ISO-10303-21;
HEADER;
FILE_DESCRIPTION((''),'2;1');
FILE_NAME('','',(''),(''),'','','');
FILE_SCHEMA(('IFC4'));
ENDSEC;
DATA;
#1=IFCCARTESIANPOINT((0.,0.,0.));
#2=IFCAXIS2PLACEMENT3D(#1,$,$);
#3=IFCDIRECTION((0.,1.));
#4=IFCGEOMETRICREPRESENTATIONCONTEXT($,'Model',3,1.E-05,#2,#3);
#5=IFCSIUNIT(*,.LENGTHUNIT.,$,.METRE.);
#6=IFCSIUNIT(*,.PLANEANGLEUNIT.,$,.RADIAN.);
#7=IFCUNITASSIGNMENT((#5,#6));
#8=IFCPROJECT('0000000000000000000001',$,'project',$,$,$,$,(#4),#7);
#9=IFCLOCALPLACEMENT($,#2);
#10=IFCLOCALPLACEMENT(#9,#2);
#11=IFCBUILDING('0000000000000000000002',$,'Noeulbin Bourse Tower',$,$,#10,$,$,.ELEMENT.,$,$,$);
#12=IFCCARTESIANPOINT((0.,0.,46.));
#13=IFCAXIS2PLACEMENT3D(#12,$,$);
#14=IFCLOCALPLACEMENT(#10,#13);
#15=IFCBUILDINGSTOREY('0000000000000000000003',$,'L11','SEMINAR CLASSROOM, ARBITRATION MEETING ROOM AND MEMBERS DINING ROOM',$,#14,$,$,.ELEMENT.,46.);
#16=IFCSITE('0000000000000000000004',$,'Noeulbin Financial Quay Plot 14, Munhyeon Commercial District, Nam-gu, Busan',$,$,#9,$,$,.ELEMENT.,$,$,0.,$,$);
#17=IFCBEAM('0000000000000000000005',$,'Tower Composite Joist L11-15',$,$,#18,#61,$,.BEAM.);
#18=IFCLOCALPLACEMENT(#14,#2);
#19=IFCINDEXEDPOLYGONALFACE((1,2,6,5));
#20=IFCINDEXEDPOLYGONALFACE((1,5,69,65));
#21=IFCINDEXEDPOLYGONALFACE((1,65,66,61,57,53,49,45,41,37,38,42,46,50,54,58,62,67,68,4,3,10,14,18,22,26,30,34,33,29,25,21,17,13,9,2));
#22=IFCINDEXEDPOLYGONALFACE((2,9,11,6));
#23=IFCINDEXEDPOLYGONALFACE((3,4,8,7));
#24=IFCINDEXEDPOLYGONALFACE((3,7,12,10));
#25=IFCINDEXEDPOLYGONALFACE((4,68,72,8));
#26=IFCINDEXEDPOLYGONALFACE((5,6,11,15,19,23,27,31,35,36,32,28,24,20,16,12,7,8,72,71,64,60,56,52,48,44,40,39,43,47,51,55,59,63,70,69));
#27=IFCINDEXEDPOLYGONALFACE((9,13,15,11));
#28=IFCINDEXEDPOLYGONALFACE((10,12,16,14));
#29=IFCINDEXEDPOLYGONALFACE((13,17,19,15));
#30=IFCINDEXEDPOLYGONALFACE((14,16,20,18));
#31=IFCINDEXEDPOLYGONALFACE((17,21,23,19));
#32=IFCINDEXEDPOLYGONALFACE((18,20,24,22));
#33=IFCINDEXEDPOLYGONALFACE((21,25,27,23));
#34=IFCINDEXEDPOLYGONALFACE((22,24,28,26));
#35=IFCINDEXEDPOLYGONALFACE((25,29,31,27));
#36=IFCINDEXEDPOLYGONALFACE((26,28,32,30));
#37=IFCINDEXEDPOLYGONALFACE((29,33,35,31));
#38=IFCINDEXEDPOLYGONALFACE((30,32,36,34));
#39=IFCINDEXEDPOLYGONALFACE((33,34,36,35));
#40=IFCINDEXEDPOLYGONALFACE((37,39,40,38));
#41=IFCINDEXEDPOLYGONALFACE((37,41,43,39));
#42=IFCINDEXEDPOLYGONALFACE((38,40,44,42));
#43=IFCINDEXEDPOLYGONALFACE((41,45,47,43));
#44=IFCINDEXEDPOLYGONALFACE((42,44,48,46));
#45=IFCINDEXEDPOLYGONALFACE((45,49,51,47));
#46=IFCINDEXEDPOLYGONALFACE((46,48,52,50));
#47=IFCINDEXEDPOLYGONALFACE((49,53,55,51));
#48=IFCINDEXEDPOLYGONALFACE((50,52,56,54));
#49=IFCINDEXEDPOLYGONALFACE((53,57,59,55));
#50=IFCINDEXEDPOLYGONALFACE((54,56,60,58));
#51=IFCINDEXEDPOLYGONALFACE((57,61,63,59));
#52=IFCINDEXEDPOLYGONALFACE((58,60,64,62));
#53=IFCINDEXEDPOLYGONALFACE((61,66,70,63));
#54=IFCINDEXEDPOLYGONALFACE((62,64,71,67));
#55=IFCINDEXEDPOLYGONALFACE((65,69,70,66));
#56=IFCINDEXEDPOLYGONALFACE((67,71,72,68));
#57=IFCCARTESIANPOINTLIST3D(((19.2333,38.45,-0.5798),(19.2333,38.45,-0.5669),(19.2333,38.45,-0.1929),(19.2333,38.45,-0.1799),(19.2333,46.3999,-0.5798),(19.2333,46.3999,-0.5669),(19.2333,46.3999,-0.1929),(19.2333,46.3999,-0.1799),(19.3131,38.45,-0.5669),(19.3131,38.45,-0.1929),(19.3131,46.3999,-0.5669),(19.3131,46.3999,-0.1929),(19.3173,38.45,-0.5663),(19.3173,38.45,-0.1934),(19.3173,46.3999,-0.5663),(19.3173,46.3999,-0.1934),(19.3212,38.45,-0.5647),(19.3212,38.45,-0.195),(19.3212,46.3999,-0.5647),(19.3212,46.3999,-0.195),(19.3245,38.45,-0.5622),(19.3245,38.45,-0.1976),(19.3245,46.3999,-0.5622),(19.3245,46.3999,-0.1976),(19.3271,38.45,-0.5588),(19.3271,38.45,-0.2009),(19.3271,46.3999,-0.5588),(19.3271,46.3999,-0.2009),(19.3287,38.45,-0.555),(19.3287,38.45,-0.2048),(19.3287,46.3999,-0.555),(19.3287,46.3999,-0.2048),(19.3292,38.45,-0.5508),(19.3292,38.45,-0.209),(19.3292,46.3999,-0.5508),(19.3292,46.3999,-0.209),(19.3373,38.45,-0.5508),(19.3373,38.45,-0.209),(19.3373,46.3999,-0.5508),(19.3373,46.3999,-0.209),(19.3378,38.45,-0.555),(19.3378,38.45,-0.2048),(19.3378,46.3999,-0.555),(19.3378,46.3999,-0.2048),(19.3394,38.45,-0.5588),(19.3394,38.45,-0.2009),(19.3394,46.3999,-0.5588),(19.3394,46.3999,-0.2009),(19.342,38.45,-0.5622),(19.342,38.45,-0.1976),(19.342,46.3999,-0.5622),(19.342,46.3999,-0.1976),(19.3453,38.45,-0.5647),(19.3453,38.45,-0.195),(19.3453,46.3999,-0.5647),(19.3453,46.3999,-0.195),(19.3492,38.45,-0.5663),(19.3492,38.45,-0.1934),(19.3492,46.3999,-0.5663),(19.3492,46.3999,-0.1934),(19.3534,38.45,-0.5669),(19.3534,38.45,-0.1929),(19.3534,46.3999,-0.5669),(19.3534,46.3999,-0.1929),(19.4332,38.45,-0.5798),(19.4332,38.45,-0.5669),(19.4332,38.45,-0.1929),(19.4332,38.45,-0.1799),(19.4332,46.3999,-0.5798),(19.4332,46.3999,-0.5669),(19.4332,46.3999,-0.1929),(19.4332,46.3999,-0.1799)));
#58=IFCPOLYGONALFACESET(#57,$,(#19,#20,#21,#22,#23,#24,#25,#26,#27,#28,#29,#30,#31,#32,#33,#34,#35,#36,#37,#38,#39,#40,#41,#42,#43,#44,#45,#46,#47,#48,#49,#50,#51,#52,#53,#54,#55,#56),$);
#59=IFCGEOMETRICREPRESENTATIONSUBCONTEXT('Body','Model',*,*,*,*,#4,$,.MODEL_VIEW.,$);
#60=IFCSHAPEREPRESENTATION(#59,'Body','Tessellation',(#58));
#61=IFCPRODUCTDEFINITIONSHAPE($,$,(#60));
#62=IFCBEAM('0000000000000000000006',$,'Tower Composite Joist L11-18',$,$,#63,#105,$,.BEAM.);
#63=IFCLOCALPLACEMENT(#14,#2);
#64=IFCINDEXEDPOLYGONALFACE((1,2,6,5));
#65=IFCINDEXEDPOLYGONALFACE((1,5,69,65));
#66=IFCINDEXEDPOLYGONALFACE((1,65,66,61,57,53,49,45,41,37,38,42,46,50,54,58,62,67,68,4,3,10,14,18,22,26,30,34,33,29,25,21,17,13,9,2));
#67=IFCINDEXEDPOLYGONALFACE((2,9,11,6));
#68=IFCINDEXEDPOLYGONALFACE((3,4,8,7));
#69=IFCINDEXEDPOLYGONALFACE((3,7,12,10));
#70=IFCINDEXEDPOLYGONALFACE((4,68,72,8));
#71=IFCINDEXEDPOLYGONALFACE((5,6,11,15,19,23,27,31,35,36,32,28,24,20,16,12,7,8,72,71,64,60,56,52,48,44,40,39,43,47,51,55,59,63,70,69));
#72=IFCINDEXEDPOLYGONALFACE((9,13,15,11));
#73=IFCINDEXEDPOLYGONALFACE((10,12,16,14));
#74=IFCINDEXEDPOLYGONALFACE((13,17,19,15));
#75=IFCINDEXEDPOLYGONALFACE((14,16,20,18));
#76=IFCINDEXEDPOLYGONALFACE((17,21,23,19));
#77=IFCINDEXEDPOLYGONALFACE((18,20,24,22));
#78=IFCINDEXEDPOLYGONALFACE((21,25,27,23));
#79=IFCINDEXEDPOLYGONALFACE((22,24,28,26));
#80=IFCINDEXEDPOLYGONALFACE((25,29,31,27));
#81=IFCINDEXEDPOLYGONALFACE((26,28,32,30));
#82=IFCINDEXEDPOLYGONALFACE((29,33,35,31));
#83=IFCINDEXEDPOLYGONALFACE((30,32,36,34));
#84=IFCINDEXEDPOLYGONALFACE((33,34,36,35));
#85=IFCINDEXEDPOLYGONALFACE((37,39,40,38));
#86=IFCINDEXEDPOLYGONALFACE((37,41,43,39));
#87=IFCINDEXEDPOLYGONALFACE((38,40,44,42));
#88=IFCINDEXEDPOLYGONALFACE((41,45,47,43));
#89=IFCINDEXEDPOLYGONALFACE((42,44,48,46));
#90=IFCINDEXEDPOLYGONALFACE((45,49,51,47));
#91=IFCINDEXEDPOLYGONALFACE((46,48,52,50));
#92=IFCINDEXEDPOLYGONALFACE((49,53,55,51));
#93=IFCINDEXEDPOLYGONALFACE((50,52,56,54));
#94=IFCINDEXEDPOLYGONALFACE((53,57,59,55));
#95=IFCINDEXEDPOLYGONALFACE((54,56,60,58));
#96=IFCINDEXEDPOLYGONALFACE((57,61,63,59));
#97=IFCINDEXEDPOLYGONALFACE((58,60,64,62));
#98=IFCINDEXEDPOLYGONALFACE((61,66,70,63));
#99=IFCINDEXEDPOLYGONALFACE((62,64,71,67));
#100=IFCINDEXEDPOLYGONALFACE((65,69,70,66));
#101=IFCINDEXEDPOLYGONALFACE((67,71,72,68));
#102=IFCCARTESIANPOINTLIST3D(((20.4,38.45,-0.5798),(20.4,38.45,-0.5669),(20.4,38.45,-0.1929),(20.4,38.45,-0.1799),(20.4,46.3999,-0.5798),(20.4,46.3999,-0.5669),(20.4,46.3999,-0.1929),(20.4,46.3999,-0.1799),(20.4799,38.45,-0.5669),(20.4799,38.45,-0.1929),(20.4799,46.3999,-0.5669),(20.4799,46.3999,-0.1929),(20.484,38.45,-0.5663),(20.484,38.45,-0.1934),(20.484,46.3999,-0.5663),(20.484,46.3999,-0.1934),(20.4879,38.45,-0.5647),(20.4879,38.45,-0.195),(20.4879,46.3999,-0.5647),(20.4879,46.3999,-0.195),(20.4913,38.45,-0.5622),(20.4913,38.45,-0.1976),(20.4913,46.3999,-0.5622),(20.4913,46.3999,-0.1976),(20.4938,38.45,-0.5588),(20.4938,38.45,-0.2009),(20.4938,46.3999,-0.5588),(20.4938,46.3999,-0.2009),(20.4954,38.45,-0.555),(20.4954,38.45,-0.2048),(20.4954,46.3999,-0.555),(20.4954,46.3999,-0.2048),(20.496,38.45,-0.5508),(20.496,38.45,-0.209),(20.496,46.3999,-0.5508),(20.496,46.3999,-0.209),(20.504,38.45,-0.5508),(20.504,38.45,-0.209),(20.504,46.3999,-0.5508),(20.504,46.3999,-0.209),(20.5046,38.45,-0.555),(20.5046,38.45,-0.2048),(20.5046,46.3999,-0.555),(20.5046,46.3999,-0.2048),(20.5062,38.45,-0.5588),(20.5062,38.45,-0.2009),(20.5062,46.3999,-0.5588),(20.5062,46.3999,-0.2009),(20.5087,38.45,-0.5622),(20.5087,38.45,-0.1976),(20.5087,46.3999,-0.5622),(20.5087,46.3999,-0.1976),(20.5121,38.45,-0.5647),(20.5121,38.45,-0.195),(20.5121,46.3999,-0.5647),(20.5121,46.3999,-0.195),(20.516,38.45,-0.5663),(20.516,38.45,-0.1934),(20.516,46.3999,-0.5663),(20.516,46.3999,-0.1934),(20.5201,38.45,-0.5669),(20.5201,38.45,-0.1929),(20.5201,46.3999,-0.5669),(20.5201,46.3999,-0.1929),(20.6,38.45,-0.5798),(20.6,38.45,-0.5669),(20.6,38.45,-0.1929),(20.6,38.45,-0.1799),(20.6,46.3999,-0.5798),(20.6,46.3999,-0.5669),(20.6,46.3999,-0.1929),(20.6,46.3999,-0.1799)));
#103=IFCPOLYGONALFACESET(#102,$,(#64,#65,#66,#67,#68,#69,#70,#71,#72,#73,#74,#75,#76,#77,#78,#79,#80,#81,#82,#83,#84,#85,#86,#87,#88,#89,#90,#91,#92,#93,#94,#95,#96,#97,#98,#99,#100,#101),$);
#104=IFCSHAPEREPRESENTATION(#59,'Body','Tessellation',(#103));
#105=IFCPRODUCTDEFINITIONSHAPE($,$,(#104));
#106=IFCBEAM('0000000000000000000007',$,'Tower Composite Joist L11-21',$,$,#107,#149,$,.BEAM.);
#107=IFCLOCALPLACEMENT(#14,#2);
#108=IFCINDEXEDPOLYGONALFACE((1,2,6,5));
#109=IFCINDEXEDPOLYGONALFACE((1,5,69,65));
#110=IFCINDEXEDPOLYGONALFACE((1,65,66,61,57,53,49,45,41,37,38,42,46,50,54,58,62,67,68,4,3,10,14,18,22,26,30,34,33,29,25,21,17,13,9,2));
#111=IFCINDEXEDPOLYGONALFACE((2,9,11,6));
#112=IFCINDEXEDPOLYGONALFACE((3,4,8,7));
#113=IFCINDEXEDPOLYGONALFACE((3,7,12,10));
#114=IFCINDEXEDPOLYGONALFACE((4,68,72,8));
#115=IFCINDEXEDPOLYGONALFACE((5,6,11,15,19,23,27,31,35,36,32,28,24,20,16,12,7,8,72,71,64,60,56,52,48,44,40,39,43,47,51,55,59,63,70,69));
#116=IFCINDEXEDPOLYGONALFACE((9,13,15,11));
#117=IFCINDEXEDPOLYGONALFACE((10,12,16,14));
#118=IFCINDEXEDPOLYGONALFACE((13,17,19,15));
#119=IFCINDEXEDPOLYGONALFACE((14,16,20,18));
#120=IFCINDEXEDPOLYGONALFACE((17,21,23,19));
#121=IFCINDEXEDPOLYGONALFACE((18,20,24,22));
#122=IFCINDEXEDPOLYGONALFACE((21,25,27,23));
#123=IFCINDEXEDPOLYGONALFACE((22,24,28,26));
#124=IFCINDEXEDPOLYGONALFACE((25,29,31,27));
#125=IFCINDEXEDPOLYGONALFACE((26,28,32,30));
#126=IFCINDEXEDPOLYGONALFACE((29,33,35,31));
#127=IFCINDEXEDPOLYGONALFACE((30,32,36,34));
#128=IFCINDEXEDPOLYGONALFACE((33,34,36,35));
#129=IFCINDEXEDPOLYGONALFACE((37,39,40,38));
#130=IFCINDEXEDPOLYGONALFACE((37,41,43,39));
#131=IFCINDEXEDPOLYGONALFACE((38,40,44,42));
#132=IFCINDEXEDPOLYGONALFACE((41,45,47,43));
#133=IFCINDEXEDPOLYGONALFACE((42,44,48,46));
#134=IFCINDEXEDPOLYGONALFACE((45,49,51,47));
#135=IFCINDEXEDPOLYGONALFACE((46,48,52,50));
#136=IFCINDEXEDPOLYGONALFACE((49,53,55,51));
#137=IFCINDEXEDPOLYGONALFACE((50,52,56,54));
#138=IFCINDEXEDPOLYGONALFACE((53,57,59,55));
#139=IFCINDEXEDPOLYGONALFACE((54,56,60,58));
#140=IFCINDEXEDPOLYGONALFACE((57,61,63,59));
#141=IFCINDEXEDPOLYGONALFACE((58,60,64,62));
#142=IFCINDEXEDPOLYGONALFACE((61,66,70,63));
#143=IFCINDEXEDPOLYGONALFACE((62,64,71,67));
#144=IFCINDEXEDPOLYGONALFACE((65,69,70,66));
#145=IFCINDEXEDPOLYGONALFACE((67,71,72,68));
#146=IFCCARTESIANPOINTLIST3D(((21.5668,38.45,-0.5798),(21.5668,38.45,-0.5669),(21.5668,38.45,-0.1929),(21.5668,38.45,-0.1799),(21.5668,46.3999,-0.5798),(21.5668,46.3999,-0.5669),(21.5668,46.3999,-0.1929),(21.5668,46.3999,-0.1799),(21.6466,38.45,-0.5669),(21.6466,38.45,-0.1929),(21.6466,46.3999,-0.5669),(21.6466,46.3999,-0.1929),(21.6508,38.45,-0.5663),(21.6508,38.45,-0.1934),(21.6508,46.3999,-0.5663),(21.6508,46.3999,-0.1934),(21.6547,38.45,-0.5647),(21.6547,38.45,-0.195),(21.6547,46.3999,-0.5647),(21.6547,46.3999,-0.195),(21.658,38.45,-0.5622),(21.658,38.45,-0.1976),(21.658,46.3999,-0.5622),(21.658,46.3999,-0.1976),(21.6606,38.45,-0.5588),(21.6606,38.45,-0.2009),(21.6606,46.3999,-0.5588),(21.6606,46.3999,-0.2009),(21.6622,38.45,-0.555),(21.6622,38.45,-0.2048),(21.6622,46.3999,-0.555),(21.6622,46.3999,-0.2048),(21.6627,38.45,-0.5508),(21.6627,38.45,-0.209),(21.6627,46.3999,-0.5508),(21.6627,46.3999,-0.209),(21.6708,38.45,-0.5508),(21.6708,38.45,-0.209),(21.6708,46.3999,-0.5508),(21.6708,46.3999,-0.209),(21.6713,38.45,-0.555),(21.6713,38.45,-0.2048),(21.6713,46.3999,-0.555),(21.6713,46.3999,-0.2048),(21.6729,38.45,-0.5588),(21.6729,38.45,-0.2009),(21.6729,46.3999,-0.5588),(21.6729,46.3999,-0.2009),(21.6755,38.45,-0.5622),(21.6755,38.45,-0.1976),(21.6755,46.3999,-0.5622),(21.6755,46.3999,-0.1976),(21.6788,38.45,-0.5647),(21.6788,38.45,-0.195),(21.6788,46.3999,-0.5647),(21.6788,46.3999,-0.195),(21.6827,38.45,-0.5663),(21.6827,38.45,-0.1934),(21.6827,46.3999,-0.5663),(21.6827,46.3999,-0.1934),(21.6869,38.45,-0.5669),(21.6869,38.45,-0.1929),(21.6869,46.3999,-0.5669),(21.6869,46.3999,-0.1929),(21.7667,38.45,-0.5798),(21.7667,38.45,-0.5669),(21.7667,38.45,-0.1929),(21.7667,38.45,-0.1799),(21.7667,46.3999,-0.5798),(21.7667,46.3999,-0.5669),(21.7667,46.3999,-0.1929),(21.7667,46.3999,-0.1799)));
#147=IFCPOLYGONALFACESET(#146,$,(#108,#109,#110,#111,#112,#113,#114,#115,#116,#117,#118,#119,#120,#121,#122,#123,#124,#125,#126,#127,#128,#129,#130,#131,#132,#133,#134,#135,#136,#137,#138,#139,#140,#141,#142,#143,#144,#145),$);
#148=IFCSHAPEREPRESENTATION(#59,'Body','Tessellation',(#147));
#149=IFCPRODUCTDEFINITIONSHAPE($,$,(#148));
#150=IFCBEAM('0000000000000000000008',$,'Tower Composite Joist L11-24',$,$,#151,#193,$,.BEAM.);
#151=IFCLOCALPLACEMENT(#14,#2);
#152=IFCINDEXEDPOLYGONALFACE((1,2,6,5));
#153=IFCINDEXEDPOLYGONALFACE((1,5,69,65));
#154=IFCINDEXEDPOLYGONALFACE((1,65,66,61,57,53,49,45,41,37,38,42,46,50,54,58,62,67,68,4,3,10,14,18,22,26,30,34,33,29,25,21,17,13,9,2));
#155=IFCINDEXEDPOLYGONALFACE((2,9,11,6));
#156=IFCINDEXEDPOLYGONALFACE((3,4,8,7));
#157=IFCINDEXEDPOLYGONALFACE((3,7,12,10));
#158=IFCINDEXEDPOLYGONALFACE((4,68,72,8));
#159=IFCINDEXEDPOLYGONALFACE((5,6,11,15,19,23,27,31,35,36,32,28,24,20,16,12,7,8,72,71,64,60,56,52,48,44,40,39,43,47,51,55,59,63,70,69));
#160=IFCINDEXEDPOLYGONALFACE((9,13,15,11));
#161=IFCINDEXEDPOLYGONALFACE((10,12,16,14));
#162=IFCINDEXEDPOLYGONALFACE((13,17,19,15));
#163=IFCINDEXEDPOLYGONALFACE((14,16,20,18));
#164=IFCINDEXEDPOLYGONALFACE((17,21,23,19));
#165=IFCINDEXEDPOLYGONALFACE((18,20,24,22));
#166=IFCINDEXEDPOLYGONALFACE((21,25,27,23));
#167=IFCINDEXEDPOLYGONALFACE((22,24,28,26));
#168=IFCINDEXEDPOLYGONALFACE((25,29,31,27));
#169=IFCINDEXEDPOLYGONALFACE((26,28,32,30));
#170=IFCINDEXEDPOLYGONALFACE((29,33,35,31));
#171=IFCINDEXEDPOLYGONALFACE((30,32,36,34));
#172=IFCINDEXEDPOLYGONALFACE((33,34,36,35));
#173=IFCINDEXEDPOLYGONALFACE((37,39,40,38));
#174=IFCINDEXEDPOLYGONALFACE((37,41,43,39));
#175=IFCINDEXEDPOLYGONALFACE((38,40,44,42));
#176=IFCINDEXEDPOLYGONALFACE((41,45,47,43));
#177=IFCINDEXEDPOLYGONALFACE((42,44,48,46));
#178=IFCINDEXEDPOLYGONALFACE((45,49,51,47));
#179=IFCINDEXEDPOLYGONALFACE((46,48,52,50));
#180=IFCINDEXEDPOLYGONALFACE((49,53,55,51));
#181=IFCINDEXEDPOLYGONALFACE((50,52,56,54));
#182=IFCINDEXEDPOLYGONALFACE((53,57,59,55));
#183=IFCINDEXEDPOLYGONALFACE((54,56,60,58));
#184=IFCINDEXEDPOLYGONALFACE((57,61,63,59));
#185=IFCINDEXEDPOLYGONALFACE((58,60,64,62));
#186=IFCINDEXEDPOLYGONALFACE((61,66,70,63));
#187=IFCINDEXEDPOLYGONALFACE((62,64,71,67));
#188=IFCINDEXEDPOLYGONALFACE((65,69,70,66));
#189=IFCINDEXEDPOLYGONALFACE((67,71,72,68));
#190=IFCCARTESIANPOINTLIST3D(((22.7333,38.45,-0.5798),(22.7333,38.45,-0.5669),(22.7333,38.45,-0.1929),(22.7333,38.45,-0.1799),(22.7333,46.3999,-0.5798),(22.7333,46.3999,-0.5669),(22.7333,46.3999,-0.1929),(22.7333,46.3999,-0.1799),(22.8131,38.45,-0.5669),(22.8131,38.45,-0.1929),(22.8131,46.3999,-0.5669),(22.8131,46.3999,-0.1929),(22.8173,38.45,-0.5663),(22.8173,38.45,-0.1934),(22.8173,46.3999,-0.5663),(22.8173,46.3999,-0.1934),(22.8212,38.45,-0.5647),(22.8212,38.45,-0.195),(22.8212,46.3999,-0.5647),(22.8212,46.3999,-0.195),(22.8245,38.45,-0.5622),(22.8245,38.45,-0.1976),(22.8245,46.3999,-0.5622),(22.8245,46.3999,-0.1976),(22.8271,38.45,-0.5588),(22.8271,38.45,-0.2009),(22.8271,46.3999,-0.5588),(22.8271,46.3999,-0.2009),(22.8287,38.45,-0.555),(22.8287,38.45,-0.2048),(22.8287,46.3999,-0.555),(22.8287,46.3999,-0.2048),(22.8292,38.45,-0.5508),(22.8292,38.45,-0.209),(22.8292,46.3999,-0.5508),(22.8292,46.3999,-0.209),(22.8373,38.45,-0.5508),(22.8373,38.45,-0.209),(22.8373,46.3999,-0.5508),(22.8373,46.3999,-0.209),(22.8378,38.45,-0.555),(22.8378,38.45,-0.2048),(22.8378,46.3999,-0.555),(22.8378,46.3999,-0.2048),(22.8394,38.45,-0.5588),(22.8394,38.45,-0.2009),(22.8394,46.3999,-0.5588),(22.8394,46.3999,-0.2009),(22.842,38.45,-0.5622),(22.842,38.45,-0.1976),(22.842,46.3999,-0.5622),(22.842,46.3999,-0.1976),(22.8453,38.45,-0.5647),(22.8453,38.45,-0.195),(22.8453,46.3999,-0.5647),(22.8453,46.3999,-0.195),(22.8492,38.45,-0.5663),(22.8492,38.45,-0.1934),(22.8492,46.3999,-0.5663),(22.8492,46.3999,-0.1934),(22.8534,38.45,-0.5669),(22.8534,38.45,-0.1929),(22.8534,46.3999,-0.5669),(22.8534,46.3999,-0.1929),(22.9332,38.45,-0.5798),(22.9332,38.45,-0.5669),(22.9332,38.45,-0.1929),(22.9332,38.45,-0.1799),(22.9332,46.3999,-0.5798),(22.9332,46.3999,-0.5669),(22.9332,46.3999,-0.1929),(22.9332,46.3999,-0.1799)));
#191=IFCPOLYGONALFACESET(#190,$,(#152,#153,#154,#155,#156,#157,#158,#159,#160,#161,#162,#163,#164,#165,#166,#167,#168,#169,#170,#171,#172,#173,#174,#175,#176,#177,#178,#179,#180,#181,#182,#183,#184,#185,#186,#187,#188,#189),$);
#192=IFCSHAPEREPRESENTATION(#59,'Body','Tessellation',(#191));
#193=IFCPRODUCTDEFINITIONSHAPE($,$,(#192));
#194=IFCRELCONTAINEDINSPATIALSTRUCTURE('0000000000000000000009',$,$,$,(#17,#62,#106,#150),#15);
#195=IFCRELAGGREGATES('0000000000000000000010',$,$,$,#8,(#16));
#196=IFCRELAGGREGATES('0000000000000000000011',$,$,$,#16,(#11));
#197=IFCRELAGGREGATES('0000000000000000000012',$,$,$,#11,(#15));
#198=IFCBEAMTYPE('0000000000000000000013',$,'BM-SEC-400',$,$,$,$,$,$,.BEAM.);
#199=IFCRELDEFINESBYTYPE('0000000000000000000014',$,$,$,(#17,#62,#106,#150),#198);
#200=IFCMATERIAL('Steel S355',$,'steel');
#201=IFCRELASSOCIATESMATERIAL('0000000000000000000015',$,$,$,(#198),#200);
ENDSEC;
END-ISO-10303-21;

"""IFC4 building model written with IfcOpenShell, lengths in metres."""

from ifc_helpers import new_model, si_unit, direction, frame, origin, origin_2d, place, context, subcontext, project, spatial, i_section, extrude, material, material_profile, profile_set, type_object, element, save


model = new_model("IFC4")

# Units and contexts
model_context = context("Model", 3, precision=1e-05, world=origin(), true_north=direction((0.0, 1.0)))
body_context = subcontext(model_context, "Body", "Model", "MODEL_VIEW")
ifc_project = project(units=[si_unit("LENGTHUNIT", "METRE"), si_unit("PLANEANGLEUNIT", "RADIAN")], contexts=[model_context])

# Site, building, storey
site_placement = place(None, origin())
site = spatial("IfcSite", under=ifc_project, at=site_placement, Name="Noeulbin Financial Quay Plot 14, Munhyeon Commercial District, Nam-gu, Busan", CompositionType="ELEMENT", RefElevation=0.0)
building_placement = place(site_placement, origin())
building = spatial("IfcBuilding", under=site, at=building_placement, Name="Noeulbin Bourse Tower", CompositionType="ELEMENT")
storey_placement = place(building_placement, frame((0.0, 0.0, 46.0)))
storey = spatial("IfcBuildingStorey", under=building, at=storey_placement, Name="L11", Description="SEMINAR CLASSROOM, ARBITRATION MEETING ROOM AND MEMBERS DINING ROOM", CompositionType="ELEMENT", Elevation=46.0)

# Beams
ifc_material_1 = material(Name="Steel S355", Category="steel")
ifc_material_profile_1 = material_profile(ifc_material_1, i_section(OverallWidth=0.2, OverallDepth=0.3999, WebThickness=0.0081, FlangeThickness=0.0129, FilletRadius=0.0161, at=origin_2d()), Name="H-400x200x8x13", Category="LoadBearing")
ifc_profile_set_1 = profile_set([ifc_material_profile_1], Name="Steel S355")
beam_type_1 = type_object("IfcBeamType", Name="BM-SEC-400", PredefinedType="BEAM", material=ifc_profile_set_1)
for number, where, z_axis, x_axis, name in (
    (1, (19.3333, 38.45, -0.3799), (0.0, 1.0, 0.0), (-1.0, 0.0, 0.0), "Tower Composite Joist L11-15"),
    (2, (20.5, 38.45, -0.3799), (0.0, 1.0, 0.0), (-1.0, 0.0, 0.0), "Tower Composite Joist L11-18"),
    (3, (21.6667, 38.45, -0.3799), (0.0, 1.0, 0.0), (-1.0, 0.0, 0.0), "Tower Composite Joist L11-21"),
    (4, (22.8333, 38.45, -0.3799), (0.0, 1.0, 0.0), (-1.0, 0.0, 0.0), "Tower Composite Joist L11-24"),
):
    element("IfcBeam", number, at=place(storey_placement, frame(where, z_axis=z_axis, x_axis=x_axis)), inside=storey, type_object=beam_type_1, Name=name, PredefinedType="BEAM", context=body_context, shape_type="SweptSolid", body=[
        extrude(i_section(OverallWidth=0.2, OverallDepth=0.3999, WebThickness=0.0081, FlangeThickness=0.0129, FilletRadius=0.0161, at=origin_2d()), origin(), (0.0, 0.0, 1.0), 7.95),
    ])

save(model, "model.ifc")
